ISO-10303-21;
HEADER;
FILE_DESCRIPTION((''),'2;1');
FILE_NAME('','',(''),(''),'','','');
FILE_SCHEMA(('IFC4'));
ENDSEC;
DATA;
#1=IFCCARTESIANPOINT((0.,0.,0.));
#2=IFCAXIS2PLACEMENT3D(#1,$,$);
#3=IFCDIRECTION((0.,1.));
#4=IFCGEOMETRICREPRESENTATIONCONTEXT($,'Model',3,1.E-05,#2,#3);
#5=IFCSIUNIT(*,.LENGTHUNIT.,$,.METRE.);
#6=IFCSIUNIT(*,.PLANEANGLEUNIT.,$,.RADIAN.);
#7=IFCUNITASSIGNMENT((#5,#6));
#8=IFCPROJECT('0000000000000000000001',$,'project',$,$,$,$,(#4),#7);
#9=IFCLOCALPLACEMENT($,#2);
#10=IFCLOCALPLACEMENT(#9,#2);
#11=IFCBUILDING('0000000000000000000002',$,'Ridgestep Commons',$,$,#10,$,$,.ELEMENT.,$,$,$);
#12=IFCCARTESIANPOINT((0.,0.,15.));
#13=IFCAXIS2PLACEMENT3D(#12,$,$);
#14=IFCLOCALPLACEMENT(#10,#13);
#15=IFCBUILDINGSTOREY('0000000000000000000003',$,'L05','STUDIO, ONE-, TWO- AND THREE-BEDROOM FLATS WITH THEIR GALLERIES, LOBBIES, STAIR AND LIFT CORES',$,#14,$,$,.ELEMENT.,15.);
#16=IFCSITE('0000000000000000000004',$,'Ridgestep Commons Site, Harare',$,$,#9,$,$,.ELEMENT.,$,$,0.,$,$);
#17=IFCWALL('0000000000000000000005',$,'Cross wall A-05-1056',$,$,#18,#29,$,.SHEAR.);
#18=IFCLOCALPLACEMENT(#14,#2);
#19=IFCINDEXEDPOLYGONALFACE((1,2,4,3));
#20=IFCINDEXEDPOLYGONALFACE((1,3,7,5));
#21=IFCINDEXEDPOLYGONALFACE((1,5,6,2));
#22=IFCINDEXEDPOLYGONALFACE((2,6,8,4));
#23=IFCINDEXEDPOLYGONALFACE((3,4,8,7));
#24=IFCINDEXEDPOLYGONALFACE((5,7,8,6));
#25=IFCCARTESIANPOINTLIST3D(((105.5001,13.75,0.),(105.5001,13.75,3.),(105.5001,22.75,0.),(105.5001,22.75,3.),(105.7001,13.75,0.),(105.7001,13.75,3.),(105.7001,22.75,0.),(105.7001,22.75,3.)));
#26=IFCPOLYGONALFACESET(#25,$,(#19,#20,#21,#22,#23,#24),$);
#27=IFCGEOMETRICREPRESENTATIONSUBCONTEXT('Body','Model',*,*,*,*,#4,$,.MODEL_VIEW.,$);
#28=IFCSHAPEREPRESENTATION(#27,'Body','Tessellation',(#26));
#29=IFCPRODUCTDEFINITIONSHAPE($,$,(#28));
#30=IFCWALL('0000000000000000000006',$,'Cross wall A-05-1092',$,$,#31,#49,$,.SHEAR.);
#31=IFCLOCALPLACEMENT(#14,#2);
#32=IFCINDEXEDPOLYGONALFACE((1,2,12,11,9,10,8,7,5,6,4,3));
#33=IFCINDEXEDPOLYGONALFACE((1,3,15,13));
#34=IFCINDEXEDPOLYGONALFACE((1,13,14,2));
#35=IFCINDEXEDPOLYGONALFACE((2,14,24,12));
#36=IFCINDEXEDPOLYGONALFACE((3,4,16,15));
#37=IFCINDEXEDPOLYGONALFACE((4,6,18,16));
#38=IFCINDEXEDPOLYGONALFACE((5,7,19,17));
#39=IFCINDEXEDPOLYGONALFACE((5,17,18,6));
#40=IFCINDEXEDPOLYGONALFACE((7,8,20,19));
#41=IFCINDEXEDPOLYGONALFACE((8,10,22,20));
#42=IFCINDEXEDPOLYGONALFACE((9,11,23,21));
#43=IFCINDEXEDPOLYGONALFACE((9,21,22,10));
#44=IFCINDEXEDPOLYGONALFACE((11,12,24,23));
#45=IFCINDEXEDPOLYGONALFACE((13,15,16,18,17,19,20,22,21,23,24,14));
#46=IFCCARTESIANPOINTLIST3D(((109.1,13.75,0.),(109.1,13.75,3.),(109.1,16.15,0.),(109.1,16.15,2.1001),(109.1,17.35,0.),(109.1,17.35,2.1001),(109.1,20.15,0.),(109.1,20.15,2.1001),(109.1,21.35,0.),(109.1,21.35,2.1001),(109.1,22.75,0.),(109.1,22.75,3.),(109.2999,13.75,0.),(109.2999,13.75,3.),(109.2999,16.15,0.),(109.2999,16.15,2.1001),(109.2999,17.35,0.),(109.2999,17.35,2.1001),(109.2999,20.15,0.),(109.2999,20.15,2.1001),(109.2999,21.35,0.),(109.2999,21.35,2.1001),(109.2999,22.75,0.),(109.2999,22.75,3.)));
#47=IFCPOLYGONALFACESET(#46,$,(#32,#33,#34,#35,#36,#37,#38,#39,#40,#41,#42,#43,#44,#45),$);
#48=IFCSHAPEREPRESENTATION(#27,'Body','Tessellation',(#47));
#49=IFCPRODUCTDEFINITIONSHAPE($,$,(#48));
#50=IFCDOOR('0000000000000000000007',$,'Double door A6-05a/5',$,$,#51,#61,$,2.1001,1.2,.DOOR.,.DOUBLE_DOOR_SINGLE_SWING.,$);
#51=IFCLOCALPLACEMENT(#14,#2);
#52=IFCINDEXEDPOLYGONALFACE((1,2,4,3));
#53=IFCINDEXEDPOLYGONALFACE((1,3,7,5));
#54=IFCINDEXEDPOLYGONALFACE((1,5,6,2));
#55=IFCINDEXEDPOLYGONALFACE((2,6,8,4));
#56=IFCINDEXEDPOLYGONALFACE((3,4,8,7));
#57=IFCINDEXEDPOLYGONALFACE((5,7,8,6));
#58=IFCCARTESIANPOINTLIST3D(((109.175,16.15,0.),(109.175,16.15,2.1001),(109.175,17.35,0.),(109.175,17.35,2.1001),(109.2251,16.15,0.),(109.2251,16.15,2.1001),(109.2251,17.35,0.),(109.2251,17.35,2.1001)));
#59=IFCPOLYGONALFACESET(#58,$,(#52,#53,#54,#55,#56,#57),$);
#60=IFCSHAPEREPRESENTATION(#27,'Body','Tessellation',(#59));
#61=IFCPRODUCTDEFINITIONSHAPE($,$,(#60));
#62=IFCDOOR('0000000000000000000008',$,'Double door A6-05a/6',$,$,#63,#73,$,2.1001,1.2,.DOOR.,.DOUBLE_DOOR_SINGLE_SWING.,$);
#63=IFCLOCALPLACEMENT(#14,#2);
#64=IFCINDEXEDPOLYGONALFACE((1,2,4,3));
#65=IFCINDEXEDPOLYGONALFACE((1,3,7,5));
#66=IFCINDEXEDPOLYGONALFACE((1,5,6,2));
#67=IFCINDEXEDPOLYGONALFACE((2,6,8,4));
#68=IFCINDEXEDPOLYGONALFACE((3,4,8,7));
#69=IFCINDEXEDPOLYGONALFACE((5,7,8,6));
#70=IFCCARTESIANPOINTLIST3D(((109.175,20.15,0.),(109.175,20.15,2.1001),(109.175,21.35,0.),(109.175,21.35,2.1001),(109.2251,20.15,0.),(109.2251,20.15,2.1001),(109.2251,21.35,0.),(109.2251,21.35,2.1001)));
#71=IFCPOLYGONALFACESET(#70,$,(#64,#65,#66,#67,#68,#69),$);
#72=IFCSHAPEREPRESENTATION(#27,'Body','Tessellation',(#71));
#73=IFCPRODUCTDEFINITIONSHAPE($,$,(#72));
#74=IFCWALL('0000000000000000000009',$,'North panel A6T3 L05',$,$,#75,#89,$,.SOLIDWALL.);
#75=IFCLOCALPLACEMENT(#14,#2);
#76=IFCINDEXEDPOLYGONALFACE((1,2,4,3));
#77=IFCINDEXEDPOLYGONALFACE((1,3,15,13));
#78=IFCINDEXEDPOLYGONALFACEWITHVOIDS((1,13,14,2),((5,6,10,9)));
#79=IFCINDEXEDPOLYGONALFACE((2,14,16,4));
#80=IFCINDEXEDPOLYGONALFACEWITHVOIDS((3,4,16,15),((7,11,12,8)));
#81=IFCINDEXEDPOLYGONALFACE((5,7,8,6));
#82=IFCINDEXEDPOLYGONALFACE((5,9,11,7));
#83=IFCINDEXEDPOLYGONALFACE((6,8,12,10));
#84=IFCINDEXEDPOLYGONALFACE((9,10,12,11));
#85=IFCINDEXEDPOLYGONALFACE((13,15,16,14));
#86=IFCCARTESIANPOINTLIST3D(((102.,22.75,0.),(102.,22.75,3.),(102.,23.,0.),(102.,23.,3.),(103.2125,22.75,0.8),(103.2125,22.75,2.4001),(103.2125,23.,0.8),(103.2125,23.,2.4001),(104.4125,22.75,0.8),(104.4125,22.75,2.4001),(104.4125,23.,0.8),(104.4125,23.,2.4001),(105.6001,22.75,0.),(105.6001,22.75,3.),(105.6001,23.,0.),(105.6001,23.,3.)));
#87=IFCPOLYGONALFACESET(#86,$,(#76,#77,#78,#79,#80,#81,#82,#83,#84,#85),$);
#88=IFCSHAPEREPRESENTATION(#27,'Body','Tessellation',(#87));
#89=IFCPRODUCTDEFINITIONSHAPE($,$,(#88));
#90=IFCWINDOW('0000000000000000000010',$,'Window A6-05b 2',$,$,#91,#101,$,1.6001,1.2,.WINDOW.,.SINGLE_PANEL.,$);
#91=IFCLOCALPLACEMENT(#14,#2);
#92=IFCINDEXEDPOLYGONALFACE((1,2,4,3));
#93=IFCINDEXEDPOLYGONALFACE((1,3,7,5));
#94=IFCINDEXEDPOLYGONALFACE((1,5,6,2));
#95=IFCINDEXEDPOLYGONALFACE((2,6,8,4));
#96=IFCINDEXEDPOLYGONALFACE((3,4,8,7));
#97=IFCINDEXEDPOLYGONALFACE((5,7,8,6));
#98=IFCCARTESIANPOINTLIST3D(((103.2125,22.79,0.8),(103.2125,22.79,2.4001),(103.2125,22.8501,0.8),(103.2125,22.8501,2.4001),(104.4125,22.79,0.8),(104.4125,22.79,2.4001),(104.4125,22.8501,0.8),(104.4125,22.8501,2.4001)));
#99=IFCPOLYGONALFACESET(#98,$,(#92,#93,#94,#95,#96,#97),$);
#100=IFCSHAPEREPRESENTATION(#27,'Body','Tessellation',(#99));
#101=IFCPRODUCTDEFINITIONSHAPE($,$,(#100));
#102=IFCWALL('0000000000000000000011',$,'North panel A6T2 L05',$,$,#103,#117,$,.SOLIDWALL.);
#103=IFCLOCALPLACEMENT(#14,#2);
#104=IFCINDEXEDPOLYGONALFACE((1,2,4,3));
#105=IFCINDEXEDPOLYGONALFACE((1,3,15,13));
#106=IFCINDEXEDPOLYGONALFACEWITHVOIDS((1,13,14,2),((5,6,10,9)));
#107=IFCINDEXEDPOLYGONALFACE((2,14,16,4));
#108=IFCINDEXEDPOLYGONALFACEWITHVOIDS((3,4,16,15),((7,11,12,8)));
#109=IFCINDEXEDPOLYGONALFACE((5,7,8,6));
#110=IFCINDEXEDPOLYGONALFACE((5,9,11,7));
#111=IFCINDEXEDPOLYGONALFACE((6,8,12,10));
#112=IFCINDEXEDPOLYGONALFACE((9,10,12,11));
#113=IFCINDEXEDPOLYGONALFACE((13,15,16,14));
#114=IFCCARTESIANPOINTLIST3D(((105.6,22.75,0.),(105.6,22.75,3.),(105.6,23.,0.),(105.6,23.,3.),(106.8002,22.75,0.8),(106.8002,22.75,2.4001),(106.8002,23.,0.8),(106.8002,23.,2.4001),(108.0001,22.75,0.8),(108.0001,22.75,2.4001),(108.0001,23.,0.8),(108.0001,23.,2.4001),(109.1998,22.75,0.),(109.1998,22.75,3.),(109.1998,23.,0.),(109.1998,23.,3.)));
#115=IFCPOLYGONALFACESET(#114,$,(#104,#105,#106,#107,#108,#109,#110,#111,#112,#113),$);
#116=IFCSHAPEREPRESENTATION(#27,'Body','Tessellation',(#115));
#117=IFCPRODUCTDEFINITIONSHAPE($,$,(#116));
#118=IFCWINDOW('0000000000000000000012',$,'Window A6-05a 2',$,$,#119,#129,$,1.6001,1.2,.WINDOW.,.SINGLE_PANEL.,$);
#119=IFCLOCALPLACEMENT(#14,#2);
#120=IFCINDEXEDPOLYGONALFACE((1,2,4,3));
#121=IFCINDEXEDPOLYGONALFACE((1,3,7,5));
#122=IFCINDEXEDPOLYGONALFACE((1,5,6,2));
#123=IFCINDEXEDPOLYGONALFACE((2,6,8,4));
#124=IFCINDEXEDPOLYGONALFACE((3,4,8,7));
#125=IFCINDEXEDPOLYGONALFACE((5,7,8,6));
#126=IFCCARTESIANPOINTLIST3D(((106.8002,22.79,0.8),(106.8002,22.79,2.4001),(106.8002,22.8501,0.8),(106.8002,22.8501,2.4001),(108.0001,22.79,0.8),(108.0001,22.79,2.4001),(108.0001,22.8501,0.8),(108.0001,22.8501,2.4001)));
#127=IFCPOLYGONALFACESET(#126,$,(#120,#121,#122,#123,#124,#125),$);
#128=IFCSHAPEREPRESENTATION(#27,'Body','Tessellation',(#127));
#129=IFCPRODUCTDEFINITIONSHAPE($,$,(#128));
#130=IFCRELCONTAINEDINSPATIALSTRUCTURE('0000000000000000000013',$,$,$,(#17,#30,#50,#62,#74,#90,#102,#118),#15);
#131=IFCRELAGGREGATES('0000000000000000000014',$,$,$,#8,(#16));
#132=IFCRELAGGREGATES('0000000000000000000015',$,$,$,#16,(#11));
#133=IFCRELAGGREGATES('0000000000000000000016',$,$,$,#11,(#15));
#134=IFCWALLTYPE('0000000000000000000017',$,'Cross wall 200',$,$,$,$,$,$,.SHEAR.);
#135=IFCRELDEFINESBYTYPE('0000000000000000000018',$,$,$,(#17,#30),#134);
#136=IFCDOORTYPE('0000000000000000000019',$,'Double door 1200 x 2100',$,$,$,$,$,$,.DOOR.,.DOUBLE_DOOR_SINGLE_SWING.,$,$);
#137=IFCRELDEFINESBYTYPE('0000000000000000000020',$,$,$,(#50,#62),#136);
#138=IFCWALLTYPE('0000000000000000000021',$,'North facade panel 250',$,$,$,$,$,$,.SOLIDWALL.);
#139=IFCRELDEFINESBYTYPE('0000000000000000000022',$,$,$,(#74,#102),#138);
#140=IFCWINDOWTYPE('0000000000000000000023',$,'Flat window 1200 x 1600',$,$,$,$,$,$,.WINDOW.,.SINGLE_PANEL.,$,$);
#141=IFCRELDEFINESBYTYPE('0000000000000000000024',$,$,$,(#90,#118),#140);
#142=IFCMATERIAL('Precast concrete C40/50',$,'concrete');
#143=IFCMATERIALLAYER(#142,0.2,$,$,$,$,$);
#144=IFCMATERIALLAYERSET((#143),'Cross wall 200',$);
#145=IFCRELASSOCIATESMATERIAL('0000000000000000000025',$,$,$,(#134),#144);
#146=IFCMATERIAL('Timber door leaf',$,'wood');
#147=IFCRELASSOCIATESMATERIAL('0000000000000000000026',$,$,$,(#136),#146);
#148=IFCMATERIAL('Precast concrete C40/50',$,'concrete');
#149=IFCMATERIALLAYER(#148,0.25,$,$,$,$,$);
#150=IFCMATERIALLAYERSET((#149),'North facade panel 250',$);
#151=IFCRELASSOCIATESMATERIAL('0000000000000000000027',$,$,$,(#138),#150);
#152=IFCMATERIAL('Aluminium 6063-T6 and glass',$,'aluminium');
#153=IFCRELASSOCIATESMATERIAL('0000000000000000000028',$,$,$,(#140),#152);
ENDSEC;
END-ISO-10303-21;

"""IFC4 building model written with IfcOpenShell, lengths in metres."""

from ifc_helpers import new_model, si_unit, direction, frame, frame_2d, origin, place, context, subcontext, project, spatial, rectangle, extrude, material, layer, layer_set, type_object, element, fill, save


model = new_model("IFC4")

# Units and contexts
model_context = context("Model", 3, precision=1e-05, world=origin(), true_north=direction((0.0, 1.0)))
body_context = subcontext(model_context, "Body", "Model", "MODEL_VIEW")
ifc_project = project(units=[si_unit("LENGTHUNIT", "METRE"), si_unit("PLANEANGLEUNIT", "RADIAN")], contexts=[model_context])

# Site, building, storey
site_placement = place(None, origin())
site = spatial("IfcSite", under=ifc_project, at=site_placement, Name="Ridgestep Commons Site, Harare", CompositionType="ELEMENT", RefElevation=0.0)
building_placement = place(site_placement, origin())
building = spatial("IfcBuilding", under=site, at=building_placement, Name="Ridgestep Commons", CompositionType="ELEMENT")
storey_placement = place(building_placement, frame((0.0, 0.0, 15.0)))
storey = spatial("IfcBuildingStorey", under=building, at=storey_placement, Name="L05", Description="STUDIO, ONE-, TWO- AND THREE-BEDROOM FLATS WITH THEIR GALLERIES, LOBBIES, STAIR AND LIFT CORES", CompositionType="ELEMENT", Elevation=15.0)

# Wall
ifc_material_1 = material(Name="Precast concrete C40/50", Category="concrete")
ifc_layer_1 = layer(ifc_material_1, 0.2)
ifc_layer_set_1 = layer_set([ifc_layer_1], Name="Cross wall 200")
wall_type_1 = type_object("IfcWallType", Name="Cross wall 200", PredefinedType="SHEAR", material=ifc_layer_set_1)
wall_1_placement = place(storey_placement, frame((105.6001, 13.75, 0.0), z_axis=(0.0, 0.0, 1.0), x_axis=(0.0, 1.0, 0.0)))
element("IfcWall", 1, at=wall_1_placement, inside=storey, type_object=wall_type_1, Name="Cross wall A-05-1056", PredefinedType="SHEAR", context=body_context, shape_type="SweptSolid", body=[
    extrude(rectangle(XDim=9.0, YDim=0.2, at=frame_2d((4.5, 0.0))), origin(), (0.0, 0.0, 1.0), 3.0),
])

# Wall, openings, doors
wall_2_placement = place(storey_placement, frame((109.2, 13.75, 0.0), z_axis=(0.0, 0.0, 1.0), x_axis=(0.0, 1.0, 0.0)))
wall_2 = element("IfcWall", 2, at=wall_2_placement, inside=storey, type_object=wall_type_1, Name="Cross wall A-05-1092", PredefinedType="SHEAR", context=body_context, shape_type="SweptSolid", body=[
    extrude(rectangle(XDim=9.0, YDim=0.2, at=frame_2d((4.5, 0.0))), origin(), (0.0, 0.0, 1.0), 3.0),
])
opening_1_placement = place(wall_2_placement, frame((2.3999, 0.0, 0.0)))
opening_1 = element("IfcOpeningElement", 3, at=opening_1_placement, cuts=wall_2, PredefinedType="OPENING", context=body_context, shape_type="SweptSolid", body=[
    extrude(rectangle(XDim=1.2, YDim=2.1001, at=frame_2d((0.6001, 1.05))), frame((0.0, 0.1099, 0.0), z_axis=(0.0, -1.0, 0.0), x_axis=(1.0, 0.0, 0.0)), (0.0, 0.0, 1.0), 0.22),
])
opening_2_placement = place(wall_2_placement, frame((6.3999, 0.0, 0.0)))
opening_2 = element("IfcOpeningElement", 4, at=opening_2_placement, cuts=wall_2, PredefinedType="OPENING", context=body_context, shape_type="SweptSolid", body=[
    extrude(rectangle(XDim=1.2, YDim=2.1001, at=frame_2d((0.6001, 1.05))), frame((0.0, 0.1099, 0.0), z_axis=(0.0, -1.0, 0.0), x_axis=(1.0, 0.0, 0.0)), (0.0, 0.0, 1.0), 0.22),
])
ifc_material_2 = material(Name="Timber door leaf", Category="wood")
door_type_1 = type_object("IfcDoorType", Name="Double door 1200 x 2100", OperationType="DOUBLE_DOOR_SINGLE_SWING", PredefinedType="DOOR", material=ifc_material_2)
door_1_placement = place(opening_1_placement, origin())
door_1 = element("IfcDoor", 5, at=door_1_placement, inside=storey, type_object=door_type_1, Name="Double door A6-05a/5", OperationType="DOUBLE_DOOR_SINGLE_SWING", OverallHeight=2.1001, OverallWidth=1.2, PredefinedType="DOOR", context=body_context, shape_type="SweptSolid", body=[
    extrude(rectangle(XDim=1.2, YDim=2.1001, at=frame_2d((0.6001, 1.05))), frame((0.0, 0.0249, 0.0), z_axis=(0.0, -1.0, 0.0), x_axis=(1.0, 0.0, 0.0)), (0.0, 0.0, 1.0), 0.05),
])
fill(opening_1, door_1)
door_2_placement = place(opening_2_placement, origin())
door_2 = element("IfcDoor", 6, at=door_2_placement, inside=storey, type_object=door_type_1, Name="Double door A6-05a/6", OperationType="DOUBLE_DOOR_SINGLE_SWING", OverallHeight=2.1001, OverallWidth=1.2, PredefinedType="DOOR", context=body_context, shape_type="SweptSolid", body=[
    extrude(rectangle(XDim=1.2, YDim=2.1001, at=frame_2d((0.6001, 1.05))), frame((0.0, 0.0249, 0.0), z_axis=(0.0, -1.0, 0.0), x_axis=(1.0, 0.0, 0.0)), (0.0, 0.0, 1.0), 0.05),
])
fill(opening_2, door_2)

# Walls, openings, windows
ifc_material_3 = material(Name="Precast concrete C40/50", Category="concrete")
ifc_layer_2 = layer(ifc_material_3, 0.25)
ifc_layer_set_2 = layer_set([ifc_layer_2], Name="North facade panel 250")
wall_type_2 = type_object("IfcWallType", Name="North facade panel 250", PredefinedType="SOLIDWALL", material=ifc_layer_set_2)
wall_3_placement = place(storey_placement, frame((102.0, 22.875, 0.0), z_axis=(0.0, 0.0, 1.0), x_axis=(1.0, 0.0, 0.0)))
wall_3 = element("IfcWall", 7, at=wall_3_placement, inside=storey, type_object=wall_type_2, Name="North panel A6T3 L05", PredefinedType="SOLIDWALL", context=body_context, shape_type="SweptSolid", body=[
    extrude(rectangle(XDim=3.6001, YDim=0.25, at=frame_2d((1.8, 0.0))), origin(), (0.0, 0.0, 1.0), 3.0),
])
opening_3_placement = place(wall_3_placement, frame((1.2124, 0.0, 0.8)))
opening_3 = element("IfcOpeningElement", 8, at=opening_3_placement, cuts=wall_3, PredefinedType="OPENING", context=body_context, shape_type="SweptSolid", body=[
    extrude(rectangle(XDim=1.2, YDim=1.6001, at=frame_2d((0.6001, 0.8))), frame((0.0, 0.135, 0.0), z_axis=(0.0, -1.0, 0.0), x_axis=(1.0, 0.0, 0.0)), (0.0, 0.0, 1.0), 0.27),
])
ifc_material_4 = material(Name="Aluminium 6063-T6 and glass", Category="aluminium")
window_type = type_object("IfcWindowType", Name="Flat window 1200 x 1600", PartitioningType="SINGLE_PANEL", PredefinedType="WINDOW", material=ifc_material_4)
window_1_placement = place(opening_3_placement, origin())
window_1 = element("IfcWindow", 9, at=window_1_placement, inside=storey, type_object=window_type, Name="Window A6-05b 2", OverallHeight=1.6001, OverallWidth=1.2, PartitioningType="SINGLE_PANEL", PredefinedType="WINDOW", context=body_context, shape_type="SweptSolid", body=[
    extrude(rectangle(XDim=1.2, YDim=1.6001, at=frame_2d((0.6001, 0.8))), frame((0.0, -0.0249, 0.0), z_axis=(0.0, -1.0, 0.0), x_axis=(1.0, 0.0, 0.0)), (0.0, 0.0, 1.0), 0.0601),
])
fill(opening_3, window_1)
wall_4_placement = place(storey_placement, frame((105.6001, 22.875, 0.0), z_axis=(0.0, 0.0, 1.0), x_axis=(1.0, 0.0, 0.0)))
wall_4 = element("IfcWall", 10, at=wall_4_placement, inside=storey, type_object=wall_type_2, Name="North panel A6T2 L05", PredefinedType="SOLIDWALL", context=body_context, shape_type="SweptSolid", body=[
    extrude(rectangle(XDim=3.5999, YDim=0.25, at=frame_2d((1.7998, 0.0))), origin(), (0.0, 0.0, 1.0), 3.0),
])
opening_4_placement = place(wall_4_placement, frame((1.2, 0.0, 0.8)))
opening_4 = element("IfcOpeningElement", 11, at=opening_4_placement, cuts=wall_4, PredefinedType="OPENING", context=body_context, shape_type="SweptSolid", body=[
    extrude(rectangle(XDim=1.2, YDim=1.6001, at=frame_2d((0.6001, 0.8))), frame((0.0, 0.135, 0.0), z_axis=(0.0, -1.0, 0.0), x_axis=(1.0, 0.0, 0.0)), (0.0, 0.0, 1.0), 0.27),
])
window_2_placement = place(opening_4_placement, origin())
window_2 = element("IfcWindow", 12, at=window_2_placement, inside=storey, type_object=window_type, Name="Window A6-05a 2", OverallHeight=1.6001, OverallWidth=1.2, PartitioningType="SINGLE_PANEL", PredefinedType="WINDOW", context=body_context, shape_type="SweptSolid", body=[
    extrude(rectangle(XDim=1.2, YDim=1.6001, at=frame_2d((0.6001, 0.8))), frame((0.0, -0.0249, 0.0), z_axis=(0.0, -1.0, 0.0), x_axis=(1.0, 0.0, 0.0)), (0.0, 0.0, 1.0), 0.0601),
])
fill(opening_4, window_2)

save(model, "model.ifc")
